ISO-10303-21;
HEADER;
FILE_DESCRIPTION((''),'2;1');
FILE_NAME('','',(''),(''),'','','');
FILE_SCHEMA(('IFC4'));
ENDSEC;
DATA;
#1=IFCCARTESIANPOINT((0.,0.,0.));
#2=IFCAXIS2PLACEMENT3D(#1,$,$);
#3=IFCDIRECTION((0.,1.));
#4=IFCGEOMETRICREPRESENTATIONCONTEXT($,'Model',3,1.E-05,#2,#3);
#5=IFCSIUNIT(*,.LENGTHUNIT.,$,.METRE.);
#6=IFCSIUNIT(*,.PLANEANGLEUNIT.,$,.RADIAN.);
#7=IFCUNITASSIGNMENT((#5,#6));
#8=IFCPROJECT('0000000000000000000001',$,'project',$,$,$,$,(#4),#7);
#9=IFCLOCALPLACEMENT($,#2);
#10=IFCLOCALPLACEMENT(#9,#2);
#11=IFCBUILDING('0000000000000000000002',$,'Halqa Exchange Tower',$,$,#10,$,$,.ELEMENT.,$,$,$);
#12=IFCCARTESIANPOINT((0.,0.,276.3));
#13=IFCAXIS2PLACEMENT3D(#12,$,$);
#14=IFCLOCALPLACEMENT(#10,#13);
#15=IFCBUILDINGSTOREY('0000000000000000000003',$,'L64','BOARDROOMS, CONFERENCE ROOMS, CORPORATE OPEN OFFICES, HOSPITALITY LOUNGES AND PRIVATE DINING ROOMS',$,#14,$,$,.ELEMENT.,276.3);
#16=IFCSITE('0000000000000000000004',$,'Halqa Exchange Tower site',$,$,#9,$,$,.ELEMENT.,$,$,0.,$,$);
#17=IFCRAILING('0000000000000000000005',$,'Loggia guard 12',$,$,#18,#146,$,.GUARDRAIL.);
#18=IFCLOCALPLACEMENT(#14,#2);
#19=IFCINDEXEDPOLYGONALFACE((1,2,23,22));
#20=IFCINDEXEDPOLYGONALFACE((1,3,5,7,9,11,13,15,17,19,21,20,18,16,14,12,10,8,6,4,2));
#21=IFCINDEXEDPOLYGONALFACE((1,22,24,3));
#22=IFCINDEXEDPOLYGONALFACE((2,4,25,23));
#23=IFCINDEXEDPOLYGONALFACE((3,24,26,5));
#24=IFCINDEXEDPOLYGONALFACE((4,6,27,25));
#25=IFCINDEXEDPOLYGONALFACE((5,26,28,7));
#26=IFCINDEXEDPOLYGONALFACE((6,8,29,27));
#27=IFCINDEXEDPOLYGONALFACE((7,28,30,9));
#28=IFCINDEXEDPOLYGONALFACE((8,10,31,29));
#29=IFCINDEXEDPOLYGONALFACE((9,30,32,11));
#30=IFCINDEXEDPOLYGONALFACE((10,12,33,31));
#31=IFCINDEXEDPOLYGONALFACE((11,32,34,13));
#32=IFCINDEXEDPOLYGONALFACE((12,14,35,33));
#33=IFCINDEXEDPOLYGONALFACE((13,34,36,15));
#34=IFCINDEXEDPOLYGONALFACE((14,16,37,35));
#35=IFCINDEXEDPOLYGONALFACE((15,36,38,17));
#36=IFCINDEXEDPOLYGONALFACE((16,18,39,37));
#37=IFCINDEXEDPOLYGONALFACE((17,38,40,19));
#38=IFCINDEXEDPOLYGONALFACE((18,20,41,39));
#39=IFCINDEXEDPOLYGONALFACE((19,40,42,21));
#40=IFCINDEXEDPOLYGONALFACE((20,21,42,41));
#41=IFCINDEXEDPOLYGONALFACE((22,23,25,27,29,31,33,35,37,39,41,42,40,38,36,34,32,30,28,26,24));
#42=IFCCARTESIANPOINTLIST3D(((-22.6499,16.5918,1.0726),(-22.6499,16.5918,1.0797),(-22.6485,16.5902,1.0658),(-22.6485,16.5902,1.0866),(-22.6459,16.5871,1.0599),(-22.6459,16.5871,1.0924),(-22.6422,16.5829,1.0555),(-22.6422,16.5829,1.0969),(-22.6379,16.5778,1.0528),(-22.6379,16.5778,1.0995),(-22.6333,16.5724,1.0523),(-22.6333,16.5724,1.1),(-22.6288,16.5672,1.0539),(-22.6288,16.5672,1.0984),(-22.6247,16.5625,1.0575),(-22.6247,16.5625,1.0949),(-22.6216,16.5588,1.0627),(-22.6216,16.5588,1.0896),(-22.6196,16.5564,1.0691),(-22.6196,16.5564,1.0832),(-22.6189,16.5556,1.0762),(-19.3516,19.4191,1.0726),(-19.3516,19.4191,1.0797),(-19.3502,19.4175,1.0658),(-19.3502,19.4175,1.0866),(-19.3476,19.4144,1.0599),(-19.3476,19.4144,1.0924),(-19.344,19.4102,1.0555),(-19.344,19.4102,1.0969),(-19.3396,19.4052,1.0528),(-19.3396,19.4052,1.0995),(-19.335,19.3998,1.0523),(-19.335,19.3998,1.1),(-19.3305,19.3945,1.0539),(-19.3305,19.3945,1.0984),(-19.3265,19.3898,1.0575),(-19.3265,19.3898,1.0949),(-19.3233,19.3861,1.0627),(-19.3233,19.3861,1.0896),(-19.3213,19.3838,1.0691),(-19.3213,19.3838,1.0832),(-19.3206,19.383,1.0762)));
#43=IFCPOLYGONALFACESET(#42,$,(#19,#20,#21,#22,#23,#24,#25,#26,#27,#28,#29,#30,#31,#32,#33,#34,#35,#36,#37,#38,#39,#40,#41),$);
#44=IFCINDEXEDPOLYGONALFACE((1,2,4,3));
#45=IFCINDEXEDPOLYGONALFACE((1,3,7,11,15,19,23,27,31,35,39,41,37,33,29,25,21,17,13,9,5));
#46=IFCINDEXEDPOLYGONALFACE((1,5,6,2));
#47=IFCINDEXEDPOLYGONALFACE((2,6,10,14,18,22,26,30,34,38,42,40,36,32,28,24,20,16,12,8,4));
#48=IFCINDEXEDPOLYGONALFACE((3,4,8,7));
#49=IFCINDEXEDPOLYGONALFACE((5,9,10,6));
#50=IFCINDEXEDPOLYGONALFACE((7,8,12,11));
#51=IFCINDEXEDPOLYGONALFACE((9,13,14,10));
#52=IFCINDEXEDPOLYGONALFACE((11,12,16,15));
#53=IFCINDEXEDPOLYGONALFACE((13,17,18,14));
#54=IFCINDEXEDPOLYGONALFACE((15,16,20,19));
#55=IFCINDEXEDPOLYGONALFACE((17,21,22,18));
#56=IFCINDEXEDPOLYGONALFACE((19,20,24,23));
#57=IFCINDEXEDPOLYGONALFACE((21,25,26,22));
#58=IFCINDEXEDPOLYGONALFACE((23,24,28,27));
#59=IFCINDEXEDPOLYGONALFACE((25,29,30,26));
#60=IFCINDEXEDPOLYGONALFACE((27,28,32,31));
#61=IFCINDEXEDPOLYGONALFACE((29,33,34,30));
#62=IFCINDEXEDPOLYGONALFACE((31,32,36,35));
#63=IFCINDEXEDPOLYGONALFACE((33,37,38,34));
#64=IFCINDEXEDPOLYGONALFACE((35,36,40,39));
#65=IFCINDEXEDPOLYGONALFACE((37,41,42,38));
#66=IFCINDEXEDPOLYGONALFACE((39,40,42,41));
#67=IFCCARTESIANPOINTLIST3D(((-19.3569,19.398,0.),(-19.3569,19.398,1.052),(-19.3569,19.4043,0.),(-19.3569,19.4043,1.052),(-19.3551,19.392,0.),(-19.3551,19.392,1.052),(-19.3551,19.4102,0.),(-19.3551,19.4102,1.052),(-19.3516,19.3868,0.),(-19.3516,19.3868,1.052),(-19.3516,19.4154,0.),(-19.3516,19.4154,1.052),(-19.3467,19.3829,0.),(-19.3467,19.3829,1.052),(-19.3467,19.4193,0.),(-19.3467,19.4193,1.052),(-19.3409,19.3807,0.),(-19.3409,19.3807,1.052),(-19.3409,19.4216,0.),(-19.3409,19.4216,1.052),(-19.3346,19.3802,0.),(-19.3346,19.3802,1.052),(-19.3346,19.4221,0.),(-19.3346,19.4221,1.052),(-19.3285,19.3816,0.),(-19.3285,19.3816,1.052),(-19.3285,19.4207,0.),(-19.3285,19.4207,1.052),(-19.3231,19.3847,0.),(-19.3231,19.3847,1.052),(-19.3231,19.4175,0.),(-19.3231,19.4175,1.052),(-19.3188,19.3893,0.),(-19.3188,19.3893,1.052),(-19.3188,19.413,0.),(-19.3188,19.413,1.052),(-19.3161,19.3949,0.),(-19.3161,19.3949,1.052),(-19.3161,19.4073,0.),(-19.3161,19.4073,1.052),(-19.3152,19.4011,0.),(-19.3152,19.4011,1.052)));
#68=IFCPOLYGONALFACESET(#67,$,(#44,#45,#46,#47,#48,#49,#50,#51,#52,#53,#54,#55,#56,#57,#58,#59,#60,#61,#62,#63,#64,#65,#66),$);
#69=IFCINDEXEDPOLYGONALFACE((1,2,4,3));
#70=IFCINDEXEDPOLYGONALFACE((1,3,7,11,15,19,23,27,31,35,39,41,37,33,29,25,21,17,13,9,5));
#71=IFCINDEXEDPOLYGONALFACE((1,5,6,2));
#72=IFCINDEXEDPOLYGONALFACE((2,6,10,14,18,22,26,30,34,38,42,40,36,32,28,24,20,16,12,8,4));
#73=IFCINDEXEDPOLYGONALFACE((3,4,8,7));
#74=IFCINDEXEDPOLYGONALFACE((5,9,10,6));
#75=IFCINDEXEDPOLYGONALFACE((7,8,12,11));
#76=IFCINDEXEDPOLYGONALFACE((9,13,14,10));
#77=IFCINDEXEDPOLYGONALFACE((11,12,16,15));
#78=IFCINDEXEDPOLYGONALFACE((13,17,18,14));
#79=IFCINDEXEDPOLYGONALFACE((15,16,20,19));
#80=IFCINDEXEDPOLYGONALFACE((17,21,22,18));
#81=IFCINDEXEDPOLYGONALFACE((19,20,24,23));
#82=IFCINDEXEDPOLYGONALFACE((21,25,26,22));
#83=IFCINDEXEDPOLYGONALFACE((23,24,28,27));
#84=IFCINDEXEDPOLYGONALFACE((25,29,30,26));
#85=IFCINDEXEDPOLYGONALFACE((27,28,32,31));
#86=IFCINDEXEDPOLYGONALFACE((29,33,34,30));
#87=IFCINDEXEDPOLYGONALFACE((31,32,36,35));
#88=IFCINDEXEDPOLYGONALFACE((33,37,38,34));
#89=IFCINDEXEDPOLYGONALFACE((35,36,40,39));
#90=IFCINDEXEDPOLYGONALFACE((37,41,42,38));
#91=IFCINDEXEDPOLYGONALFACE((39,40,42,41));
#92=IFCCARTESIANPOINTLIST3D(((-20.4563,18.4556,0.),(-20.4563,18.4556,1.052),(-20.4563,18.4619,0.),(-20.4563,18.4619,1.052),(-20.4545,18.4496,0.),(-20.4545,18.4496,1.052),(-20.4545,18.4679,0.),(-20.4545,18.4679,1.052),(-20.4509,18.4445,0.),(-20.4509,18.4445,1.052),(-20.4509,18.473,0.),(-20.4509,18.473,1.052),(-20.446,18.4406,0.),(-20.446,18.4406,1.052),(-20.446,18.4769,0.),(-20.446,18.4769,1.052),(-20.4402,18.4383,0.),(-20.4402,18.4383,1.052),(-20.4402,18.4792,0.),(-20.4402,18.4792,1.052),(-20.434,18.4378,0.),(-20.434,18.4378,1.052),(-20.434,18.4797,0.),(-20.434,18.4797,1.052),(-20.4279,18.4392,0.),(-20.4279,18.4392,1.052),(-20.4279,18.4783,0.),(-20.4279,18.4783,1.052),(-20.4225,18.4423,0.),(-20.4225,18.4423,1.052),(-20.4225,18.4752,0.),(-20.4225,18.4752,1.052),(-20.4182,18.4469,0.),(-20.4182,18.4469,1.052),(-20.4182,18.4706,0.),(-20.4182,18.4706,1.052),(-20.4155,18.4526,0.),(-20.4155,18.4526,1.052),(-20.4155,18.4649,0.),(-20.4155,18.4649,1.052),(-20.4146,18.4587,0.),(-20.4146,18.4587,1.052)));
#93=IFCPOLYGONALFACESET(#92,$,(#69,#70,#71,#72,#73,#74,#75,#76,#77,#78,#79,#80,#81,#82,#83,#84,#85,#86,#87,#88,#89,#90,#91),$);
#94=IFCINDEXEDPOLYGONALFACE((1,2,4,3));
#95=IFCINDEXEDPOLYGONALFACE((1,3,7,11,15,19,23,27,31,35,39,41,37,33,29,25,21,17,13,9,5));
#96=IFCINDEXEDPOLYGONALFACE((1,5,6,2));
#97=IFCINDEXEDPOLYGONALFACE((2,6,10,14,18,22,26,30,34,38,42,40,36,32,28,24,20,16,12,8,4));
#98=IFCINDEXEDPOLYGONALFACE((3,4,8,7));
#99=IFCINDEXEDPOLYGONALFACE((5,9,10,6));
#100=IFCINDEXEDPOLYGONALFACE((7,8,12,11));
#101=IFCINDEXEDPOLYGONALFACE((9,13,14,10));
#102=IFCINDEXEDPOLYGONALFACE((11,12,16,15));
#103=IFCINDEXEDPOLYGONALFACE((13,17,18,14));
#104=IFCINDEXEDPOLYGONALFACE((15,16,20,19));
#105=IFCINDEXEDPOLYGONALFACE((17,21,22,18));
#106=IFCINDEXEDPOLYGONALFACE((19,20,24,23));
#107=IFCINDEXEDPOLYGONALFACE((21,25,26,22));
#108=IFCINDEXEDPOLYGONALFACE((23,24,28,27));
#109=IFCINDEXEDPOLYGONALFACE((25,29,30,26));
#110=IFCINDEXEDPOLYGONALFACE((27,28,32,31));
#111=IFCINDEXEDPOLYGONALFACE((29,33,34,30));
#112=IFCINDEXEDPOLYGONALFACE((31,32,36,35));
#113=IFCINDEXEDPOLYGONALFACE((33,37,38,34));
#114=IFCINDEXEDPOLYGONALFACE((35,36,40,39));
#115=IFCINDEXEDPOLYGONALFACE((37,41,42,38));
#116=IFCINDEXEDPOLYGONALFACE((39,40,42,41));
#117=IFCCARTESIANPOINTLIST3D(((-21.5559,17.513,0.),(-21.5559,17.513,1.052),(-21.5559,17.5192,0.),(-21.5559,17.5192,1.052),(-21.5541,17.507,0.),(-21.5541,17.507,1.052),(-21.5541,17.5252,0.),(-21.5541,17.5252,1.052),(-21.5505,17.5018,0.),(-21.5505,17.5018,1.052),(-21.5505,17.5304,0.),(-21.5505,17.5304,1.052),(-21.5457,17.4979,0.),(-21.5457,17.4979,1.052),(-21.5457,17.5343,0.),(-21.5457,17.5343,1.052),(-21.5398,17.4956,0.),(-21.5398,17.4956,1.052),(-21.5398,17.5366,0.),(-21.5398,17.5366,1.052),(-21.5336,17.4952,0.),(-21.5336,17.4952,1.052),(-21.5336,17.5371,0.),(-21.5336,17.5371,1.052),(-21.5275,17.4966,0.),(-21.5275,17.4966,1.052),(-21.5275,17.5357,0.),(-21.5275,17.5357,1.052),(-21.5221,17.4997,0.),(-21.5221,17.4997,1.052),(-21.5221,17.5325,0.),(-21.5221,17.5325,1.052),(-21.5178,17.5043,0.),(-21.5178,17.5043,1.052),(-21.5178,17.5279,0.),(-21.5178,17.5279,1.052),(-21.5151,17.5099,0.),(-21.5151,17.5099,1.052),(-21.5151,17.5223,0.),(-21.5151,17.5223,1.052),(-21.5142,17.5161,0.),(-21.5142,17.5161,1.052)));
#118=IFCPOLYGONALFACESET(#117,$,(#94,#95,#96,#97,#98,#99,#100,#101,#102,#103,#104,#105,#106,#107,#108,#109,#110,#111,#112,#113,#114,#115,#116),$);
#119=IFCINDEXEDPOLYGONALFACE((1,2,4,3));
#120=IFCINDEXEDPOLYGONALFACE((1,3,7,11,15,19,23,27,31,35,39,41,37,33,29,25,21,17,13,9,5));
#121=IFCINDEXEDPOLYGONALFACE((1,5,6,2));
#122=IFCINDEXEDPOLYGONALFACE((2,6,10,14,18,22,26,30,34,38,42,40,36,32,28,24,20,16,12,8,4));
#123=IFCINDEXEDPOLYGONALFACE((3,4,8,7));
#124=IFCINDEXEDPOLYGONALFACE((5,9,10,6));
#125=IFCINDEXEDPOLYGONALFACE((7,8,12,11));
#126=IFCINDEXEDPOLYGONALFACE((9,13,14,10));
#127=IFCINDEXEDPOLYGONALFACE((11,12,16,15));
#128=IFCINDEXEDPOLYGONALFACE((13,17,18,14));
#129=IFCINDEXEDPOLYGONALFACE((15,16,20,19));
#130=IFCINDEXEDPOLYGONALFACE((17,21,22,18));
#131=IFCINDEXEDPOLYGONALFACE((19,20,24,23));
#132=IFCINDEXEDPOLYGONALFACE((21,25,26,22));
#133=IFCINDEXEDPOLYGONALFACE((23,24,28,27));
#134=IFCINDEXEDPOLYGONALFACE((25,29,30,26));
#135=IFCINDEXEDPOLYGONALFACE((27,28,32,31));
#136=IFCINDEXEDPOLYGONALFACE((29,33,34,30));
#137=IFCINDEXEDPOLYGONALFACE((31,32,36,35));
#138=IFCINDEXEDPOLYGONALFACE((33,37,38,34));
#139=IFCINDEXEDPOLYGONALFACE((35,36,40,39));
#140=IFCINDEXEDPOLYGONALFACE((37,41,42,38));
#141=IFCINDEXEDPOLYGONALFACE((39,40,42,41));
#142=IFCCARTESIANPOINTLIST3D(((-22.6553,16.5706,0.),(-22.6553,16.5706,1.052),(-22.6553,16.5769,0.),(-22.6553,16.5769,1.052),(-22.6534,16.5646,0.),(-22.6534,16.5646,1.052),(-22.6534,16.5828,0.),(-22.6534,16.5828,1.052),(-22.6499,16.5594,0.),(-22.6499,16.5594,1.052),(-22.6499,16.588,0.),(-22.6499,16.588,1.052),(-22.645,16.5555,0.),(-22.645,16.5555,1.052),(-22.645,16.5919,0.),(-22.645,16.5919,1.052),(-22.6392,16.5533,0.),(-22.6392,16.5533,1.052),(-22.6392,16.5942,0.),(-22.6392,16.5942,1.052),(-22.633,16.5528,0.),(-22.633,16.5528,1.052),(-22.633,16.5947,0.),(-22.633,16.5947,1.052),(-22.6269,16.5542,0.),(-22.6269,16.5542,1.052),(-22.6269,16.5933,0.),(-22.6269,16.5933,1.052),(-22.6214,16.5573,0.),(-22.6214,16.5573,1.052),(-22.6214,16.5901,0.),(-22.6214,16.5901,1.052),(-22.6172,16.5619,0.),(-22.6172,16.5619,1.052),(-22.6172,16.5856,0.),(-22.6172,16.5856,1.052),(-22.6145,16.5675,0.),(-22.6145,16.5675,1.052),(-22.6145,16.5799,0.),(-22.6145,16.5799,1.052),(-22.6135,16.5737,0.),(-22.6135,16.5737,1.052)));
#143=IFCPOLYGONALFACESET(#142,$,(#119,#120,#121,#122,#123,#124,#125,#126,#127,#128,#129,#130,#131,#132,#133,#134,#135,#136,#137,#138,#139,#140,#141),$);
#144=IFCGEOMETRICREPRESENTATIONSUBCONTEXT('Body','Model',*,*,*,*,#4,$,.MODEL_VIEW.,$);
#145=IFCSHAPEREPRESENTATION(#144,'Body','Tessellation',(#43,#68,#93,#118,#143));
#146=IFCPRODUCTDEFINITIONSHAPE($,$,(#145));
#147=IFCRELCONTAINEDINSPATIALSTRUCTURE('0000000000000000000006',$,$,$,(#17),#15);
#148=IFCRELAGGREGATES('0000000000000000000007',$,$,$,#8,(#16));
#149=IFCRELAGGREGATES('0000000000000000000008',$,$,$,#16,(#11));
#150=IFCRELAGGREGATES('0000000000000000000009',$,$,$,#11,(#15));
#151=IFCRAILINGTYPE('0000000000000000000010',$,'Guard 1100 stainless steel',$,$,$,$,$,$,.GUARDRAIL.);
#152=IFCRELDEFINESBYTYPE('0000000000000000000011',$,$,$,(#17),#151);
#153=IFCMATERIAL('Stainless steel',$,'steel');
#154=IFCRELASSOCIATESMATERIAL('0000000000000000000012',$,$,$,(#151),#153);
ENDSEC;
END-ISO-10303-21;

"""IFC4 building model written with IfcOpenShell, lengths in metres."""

from ifc_helpers import new_model, si_unit, direction, frame, origin, origin_2d, place, context, subcontext, project, spatial, circle, extrude, material, type_object, element, save


model = new_model("IFC4")

# Units and contexts
model_context = context("Model", 3, precision=1e-05, world=origin(), true_north=direction((0.0, 1.0)))
body_context = subcontext(model_context, "Body", "Model", "MODEL_VIEW")
ifc_project = project(units=[si_unit("LENGTHUNIT", "METRE"), si_unit("PLANEANGLEUNIT", "RADIAN")], contexts=[model_context])

# Site, building, storey
site_placement = place(None, origin())
site = spatial("IfcSite", under=ifc_project, at=site_placement, Name="Halqa Exchange Tower site", CompositionType="ELEMENT", RefElevation=0.0)
building_placement = place(site_placement, origin())
building = spatial("IfcBuilding", under=site, at=building_placement, Name="Halqa Exchange Tower", CompositionType="ELEMENT")
storey_placement = place(building_placement, frame((0.0, 0.0, 276.3)))
storey = spatial("IfcBuildingStorey", under=building, at=storey_placement, Name="L64", Description="BOARDROOMS, CONFERENCE ROOMS, CORPORATE OPEN OFFICES, HOSPITALITY LOUNGES AND PRIVATE DINING ROOMS", CompositionType="ELEMENT", Elevation=276.3)

# Railing
ifc_material_1 = material(Name="Stainless steel", Category="steel")
railing_type = type_object("IfcRailingType", Name="Guard 1100 stainless steel", PredefinedType="GUARDRAIL", material=ifc_material_1)
railing_1_placement = place(storey_placement, frame((-19.3362, 19.4011, 0.0)))
element("IfcRailing", 1, at=railing_1_placement, inside=storey, type_object=railing_type, Name="Loggia guard 12", PredefinedType="GUARDRAIL", context=body_context, shape_type="SweptSolid", body=[
    extrude(circle(Radius=0.0239, at=origin_2d()), frame((0.0, 0.0, 1.0762), z_axis=(-0.759229, -0.650824, 0.0), x_axis=(0.650824, -0.759229, 0.0)), (0.0, 0.0, 1.0), 4.3442),
    extrude(circle(Radius=0.021, at=origin_2d()), origin(), (0.0, 0.0, 1.0), 1.052),
    extrude(circle(Radius=0.021, at=origin_2d()), frame((-1.0994, -0.9424, 0.0)), (0.0, 0.0, 1.0), 1.052),
    extrude(circle(Radius=0.021, at=origin_2d()), frame((-2.199, -1.885, 0.0)), (0.0, 0.0, 1.0), 1.052),
    extrude(circle(Radius=0.021, at=origin_2d()), frame((-3.2983, -2.8274, 0.0)), (0.0, 0.0, 1.0), 1.052),
])

save(model, "model.ifc")
